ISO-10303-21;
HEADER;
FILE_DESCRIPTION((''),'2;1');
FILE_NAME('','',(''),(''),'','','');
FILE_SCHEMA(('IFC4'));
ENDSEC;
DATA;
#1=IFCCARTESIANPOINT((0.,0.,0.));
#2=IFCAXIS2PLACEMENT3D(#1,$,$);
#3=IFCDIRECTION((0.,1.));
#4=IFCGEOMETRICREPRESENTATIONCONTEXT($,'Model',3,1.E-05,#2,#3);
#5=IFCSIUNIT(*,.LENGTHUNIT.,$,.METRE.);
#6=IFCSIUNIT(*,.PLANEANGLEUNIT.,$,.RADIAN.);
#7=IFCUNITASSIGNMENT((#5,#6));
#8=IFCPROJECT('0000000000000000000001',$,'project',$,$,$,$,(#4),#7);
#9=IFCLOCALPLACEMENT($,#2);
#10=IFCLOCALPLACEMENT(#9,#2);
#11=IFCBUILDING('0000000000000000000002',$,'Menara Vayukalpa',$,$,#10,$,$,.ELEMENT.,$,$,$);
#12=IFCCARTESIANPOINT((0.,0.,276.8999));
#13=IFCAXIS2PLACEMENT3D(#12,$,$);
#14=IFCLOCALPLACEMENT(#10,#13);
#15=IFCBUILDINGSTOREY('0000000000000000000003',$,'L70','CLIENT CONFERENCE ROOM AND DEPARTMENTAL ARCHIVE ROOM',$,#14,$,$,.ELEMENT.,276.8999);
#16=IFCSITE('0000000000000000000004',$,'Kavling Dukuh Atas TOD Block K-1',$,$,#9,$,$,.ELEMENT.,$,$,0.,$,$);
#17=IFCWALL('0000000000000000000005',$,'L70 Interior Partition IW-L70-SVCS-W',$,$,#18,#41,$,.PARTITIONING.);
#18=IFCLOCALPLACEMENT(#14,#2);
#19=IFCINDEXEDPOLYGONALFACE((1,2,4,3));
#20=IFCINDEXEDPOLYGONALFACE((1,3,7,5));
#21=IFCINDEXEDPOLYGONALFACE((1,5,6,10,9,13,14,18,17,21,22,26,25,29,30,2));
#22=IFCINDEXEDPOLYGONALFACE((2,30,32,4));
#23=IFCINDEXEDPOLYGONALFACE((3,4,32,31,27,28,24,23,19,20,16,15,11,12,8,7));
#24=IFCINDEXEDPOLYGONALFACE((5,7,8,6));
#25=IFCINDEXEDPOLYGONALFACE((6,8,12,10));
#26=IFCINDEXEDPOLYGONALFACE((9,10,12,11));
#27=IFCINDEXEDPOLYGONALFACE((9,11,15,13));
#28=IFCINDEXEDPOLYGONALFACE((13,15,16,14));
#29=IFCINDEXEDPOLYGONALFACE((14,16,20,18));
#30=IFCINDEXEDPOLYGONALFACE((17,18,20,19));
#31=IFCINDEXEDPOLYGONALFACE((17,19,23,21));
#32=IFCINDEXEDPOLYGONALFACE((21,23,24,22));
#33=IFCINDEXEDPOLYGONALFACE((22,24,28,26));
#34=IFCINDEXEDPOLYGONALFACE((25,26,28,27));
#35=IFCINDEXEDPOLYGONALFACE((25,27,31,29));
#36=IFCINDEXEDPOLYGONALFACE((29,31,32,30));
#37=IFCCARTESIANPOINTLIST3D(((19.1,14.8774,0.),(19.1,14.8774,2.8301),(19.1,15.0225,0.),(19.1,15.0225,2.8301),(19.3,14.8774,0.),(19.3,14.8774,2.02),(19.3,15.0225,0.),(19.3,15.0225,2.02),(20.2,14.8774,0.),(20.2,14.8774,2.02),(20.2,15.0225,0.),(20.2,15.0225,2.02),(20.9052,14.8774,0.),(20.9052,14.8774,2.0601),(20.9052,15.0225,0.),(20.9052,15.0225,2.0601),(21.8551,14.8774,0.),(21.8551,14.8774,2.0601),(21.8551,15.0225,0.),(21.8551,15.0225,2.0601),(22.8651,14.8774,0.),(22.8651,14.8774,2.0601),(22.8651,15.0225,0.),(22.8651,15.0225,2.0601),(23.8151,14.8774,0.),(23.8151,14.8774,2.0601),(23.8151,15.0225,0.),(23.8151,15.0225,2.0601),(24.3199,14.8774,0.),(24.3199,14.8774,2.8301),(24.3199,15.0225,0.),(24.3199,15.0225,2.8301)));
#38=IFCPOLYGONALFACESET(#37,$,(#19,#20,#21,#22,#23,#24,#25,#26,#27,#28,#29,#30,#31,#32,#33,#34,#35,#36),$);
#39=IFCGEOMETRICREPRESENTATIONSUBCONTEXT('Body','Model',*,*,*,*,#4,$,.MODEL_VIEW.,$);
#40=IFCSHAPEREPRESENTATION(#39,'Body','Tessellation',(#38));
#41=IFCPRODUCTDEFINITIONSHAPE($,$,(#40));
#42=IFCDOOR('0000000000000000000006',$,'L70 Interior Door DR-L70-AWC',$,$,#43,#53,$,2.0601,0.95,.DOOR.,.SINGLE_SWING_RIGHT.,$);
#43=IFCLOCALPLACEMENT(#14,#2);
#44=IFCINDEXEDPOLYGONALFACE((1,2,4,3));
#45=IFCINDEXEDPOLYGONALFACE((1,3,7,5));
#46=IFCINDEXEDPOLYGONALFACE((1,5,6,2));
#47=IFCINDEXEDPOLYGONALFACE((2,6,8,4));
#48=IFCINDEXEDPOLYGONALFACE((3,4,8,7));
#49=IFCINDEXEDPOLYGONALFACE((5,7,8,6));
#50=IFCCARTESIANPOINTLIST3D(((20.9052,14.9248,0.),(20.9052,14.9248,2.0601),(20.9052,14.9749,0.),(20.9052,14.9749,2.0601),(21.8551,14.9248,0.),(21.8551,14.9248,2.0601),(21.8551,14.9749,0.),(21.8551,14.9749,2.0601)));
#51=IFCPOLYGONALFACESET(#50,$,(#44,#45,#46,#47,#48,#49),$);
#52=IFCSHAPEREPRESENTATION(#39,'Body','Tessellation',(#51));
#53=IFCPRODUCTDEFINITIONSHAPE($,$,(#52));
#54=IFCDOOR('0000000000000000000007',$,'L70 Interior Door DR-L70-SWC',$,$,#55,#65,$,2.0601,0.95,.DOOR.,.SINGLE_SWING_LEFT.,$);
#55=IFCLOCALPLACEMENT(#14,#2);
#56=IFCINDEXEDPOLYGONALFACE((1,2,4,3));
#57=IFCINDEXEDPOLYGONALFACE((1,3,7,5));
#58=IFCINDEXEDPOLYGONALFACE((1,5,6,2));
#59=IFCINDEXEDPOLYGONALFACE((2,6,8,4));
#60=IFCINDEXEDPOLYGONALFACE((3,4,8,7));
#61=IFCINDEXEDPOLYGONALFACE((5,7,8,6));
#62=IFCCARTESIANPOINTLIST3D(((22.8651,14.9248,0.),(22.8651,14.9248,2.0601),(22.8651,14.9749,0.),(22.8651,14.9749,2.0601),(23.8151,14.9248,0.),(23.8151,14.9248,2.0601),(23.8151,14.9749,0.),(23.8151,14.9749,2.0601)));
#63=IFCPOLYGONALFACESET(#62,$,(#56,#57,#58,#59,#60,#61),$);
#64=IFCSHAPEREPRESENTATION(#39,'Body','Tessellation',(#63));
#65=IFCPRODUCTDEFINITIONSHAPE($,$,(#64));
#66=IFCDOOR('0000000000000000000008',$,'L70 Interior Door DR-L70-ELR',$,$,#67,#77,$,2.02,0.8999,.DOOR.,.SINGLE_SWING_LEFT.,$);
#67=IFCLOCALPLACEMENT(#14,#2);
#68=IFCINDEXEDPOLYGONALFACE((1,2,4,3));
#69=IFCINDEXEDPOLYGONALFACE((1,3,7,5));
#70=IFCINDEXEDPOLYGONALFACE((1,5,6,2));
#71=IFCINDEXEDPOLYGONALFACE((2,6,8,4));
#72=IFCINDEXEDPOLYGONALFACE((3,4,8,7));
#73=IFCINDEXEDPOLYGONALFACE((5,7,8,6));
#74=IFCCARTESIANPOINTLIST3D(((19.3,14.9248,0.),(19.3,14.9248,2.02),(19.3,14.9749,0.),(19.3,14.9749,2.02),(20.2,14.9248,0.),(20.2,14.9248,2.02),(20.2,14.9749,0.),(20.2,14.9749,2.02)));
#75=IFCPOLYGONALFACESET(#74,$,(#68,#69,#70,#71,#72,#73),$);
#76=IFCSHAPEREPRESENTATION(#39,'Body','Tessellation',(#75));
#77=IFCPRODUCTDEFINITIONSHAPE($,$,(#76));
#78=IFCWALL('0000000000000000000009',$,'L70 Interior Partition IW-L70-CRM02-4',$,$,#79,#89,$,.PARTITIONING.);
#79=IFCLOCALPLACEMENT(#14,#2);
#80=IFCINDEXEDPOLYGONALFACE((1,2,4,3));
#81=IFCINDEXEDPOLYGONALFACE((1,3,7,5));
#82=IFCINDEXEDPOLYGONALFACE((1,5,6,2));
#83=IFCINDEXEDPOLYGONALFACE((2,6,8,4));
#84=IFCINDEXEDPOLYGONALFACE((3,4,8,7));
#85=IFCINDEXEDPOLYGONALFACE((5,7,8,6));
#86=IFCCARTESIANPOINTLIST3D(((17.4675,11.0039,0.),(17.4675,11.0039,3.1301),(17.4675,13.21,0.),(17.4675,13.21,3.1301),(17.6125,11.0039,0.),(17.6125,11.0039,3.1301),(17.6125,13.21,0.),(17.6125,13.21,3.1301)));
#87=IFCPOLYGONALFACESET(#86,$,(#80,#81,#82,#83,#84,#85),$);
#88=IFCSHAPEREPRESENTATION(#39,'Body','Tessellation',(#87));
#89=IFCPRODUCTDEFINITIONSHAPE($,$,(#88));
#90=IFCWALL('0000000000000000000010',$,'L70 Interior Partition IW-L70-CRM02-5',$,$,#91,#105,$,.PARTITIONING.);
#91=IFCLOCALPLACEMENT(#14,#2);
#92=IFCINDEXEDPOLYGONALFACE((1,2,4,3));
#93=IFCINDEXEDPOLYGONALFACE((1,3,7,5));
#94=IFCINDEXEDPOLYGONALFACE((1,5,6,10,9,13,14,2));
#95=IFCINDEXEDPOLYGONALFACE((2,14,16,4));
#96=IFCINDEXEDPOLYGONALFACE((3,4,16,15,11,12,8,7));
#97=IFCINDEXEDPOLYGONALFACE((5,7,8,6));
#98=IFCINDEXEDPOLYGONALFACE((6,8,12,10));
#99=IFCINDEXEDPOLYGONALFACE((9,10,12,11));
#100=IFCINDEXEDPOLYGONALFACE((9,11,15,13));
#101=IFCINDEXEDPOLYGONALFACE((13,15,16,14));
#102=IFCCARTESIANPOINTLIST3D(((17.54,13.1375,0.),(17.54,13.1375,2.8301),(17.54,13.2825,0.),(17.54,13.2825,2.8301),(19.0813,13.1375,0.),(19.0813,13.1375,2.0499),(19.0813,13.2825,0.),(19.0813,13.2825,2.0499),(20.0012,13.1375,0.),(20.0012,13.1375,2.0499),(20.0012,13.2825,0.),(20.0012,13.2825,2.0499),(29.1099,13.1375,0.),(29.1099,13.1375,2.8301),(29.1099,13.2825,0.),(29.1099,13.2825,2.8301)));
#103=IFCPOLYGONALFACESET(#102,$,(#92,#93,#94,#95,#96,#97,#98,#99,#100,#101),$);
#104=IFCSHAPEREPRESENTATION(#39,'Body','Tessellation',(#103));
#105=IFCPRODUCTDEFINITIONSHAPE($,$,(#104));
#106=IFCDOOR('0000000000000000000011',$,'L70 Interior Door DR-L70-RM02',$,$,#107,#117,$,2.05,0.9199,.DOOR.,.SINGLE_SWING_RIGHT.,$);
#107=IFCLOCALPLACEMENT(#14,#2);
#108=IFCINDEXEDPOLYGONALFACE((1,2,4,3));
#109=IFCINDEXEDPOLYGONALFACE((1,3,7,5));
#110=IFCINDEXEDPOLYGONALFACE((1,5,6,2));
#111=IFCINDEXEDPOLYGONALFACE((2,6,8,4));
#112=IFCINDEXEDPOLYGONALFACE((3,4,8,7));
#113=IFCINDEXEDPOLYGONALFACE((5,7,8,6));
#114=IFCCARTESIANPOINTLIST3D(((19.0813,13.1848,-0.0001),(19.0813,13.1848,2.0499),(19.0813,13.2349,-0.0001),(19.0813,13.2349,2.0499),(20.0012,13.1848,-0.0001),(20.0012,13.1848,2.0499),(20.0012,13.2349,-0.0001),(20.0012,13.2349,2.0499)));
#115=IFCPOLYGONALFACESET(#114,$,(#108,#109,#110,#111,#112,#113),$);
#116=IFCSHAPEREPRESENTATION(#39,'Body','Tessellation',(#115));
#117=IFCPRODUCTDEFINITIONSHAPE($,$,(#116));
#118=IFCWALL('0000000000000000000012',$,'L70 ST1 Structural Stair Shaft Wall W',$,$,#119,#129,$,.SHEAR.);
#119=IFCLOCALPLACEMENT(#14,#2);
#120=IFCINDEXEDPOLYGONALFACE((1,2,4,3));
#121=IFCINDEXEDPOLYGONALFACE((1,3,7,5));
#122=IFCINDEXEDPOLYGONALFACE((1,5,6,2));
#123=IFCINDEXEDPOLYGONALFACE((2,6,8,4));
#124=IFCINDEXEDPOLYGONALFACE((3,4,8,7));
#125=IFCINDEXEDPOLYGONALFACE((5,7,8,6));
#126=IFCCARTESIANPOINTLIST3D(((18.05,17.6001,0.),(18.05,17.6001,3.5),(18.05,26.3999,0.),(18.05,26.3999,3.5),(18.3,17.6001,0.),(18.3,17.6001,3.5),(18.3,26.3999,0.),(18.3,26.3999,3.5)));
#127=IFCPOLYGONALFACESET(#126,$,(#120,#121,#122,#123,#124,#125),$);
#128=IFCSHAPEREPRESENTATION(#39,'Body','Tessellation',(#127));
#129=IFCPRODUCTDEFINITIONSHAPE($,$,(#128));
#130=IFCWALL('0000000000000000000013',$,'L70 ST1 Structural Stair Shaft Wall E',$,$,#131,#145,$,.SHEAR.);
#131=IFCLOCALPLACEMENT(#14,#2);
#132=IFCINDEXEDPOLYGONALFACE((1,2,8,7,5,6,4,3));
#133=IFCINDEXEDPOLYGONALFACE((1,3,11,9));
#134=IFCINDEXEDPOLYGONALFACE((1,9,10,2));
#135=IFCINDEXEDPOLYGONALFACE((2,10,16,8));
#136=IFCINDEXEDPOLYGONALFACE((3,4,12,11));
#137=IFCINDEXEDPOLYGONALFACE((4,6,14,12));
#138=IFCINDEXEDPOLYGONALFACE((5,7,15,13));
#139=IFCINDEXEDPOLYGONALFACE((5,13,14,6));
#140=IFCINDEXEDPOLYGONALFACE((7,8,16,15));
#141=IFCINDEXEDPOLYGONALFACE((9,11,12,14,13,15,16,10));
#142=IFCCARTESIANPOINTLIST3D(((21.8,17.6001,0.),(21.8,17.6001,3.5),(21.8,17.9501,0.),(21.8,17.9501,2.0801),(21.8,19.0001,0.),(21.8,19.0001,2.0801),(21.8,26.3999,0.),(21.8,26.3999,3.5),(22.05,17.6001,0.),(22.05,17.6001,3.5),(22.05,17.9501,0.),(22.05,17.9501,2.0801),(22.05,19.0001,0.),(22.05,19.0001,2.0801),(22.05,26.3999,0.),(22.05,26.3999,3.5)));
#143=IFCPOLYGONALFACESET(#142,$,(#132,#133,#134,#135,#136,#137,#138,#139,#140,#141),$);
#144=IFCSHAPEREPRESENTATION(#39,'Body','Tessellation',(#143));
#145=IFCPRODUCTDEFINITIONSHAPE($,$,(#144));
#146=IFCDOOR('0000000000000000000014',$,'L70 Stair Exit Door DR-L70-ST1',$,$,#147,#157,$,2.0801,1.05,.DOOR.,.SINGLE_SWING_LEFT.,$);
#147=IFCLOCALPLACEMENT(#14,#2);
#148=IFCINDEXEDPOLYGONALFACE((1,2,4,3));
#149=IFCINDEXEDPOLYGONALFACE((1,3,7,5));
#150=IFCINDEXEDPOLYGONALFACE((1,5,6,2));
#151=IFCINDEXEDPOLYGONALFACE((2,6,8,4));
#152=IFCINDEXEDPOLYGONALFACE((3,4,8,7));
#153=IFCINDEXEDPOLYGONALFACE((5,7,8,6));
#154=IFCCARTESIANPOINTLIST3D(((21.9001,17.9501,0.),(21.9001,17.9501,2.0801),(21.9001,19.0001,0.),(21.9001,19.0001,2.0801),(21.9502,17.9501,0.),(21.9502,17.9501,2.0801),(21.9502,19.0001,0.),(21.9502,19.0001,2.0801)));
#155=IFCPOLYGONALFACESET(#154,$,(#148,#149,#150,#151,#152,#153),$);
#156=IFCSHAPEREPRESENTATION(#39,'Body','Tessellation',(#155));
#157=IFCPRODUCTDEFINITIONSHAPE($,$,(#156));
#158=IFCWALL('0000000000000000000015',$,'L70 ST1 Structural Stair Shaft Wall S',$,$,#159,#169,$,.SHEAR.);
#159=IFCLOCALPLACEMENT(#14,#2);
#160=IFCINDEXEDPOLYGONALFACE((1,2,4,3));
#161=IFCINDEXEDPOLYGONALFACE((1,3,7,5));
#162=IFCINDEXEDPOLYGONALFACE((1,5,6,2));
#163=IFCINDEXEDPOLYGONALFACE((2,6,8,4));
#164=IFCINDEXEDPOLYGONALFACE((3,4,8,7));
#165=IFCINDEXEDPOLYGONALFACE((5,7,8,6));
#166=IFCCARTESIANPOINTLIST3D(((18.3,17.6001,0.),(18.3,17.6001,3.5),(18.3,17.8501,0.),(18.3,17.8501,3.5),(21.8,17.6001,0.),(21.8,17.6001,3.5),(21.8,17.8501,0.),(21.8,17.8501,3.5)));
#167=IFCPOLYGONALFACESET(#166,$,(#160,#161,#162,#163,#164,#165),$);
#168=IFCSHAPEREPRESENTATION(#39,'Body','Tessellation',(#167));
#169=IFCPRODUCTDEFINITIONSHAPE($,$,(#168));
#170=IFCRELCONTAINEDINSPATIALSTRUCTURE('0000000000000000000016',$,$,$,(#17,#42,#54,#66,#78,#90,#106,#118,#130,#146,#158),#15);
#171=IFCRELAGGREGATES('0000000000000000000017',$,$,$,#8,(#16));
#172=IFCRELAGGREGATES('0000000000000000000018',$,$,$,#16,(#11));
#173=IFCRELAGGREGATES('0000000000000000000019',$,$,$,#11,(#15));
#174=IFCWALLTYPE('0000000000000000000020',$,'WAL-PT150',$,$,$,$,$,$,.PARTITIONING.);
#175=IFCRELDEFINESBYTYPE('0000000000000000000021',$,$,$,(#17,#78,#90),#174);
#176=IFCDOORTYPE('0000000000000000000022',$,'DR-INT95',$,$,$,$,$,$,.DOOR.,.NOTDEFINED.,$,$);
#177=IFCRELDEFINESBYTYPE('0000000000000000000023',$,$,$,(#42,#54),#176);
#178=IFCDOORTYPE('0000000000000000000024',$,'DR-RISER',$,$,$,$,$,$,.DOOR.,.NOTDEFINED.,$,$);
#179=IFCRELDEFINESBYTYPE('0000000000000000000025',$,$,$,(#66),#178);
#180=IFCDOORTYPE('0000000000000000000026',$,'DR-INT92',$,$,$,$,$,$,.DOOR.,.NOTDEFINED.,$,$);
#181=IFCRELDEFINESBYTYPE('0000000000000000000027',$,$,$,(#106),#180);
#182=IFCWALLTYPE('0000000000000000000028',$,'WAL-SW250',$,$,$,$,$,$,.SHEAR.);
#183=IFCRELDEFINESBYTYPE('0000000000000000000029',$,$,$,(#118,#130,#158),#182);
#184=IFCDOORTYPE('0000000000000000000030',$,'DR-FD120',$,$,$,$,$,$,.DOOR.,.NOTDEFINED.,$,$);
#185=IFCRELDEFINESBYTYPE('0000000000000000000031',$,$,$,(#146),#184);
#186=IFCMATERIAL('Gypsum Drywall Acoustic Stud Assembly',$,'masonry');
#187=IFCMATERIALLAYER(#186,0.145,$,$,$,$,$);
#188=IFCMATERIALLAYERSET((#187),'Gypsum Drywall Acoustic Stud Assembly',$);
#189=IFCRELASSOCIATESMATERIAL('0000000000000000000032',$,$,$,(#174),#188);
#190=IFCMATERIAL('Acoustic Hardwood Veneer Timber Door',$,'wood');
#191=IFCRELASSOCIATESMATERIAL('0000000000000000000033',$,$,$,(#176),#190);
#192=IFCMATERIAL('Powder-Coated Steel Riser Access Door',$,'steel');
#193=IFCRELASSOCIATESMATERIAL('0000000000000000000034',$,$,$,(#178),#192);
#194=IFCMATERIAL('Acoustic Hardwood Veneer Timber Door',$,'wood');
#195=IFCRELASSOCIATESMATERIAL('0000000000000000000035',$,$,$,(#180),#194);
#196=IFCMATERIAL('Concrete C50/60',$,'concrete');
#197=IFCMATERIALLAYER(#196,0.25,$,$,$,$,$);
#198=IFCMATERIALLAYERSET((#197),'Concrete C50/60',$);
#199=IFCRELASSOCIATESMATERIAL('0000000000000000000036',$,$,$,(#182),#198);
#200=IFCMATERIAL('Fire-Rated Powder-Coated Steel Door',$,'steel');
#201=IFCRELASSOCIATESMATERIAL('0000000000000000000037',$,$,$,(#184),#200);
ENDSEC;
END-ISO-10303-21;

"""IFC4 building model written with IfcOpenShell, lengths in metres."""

from ifc_helpers import new_model, si_unit, direction, frame, frame_2d, origin, place, context, subcontext, project, spatial, rectangle, extrude, material, layer, layer_set, type_object, element, fill, save


model = new_model("IFC4")

# Units and contexts
model_context = context("Model", 3, precision=1e-05, world=origin(), true_north=direction((0.0, 1.0)))
body_context = subcontext(model_context, "Body", "Model", "MODEL_VIEW")
ifc_project = project(units=[si_unit("LENGTHUNIT", "METRE"), si_unit("PLANEANGLEUNIT", "RADIAN")], contexts=[model_context])

# Site, building, storey
site_placement = place(None, origin())
site = spatial("IfcSite", under=ifc_project, at=site_placement, Name="Kavling Dukuh Atas TOD Block K-1", CompositionType="ELEMENT", RefElevation=0.0)
building_placement = place(site_placement, origin())
building = spatial("IfcBuilding", under=site, at=building_placement, Name="Menara Vayukalpa", CompositionType="ELEMENT")
storey_placement = place(building_placement, frame((0.0, 0.0, 276.8999)))
storey = spatial("IfcBuildingStorey", under=building, at=storey_placement, Name="L70", Description="CLIENT CONFERENCE ROOM AND DEPARTMENTAL ARCHIVE ROOM", CompositionType="ELEMENT", Elevation=276.8999)

# Wall, openings, doors
ifc_material_1 = material(Name="Gypsum Drywall Acoustic Stud Assembly", Category="masonry")
ifc_layer_1 = layer(ifc_material_1, 0.145)
ifc_layer_set_1 = layer_set([ifc_layer_1], Name="Gypsum Drywall Acoustic Stud Assembly")
wall_type_1 = type_object("IfcWallType", Name="WAL-PT150", PredefinedType="PARTITIONING", material=ifc_layer_set_1)
wall_1_placement = place(storey_placement, frame((19.1001, 14.95, 0.0), z_axis=(0.0, 0.0, 1.0), x_axis=(1.0, 0.0, 0.0)))
wall_1 = element("IfcWall", 1, at=wall_1_placement, inside=storey, type_object=wall_type_1, Name="L70 Interior Partition IW-L70-SVCS-W", PredefinedType="PARTITIONING", context=body_context, shape_type="SweptSolid", body=[
    extrude(rectangle(XDim=5.22, YDim=0.145, at=frame_2d((2.6099, 0.0))), origin(), (0.0, 0.0, 1.0), 2.8301),
])
opening_1_placement = place(wall_1_placement, frame((0.2, 0.0, 0.0)))
opening_1 = element("IfcOpeningElement", 2, at=opening_1_placement, cuts=wall_1, PredefinedType="OPENING", context=body_context, shape_type="SweptSolid", body=[
    extrude(rectangle(XDim=0.8999, YDim=2.02, at=frame_2d((0.45, 1.01))), frame((0.0, 0.0825, 0.0), z_axis=(0.0, -1.0, 0.0), x_axis=(1.0, 0.0, 0.0)), (0.0, 0.0, 1.0), 0.165),
])
opening_2_placement = place(wall_1_placement, frame((1.8049, 0.0, 0.0)))
opening_2 = element("IfcOpeningElement", 3, at=opening_2_placement, cuts=wall_1, PredefinedType="OPENING", context=body_context, shape_type="SweptSolid", body=[
    extrude(rectangle(XDim=0.95, YDim=2.0601, at=frame_2d((0.4751, 1.03))), frame((0.0, 0.0825, 0.0), z_axis=(0.0, -1.0, 0.0), x_axis=(1.0, 0.0, 0.0)), (0.0, 0.0, 1.0), 0.165),
])
opening_3_placement = place(wall_1_placement, frame((3.7649, 0.0, 0.0)))
opening_3 = element("IfcOpeningElement", 4, at=opening_3_placement, cuts=wall_1, PredefinedType="OPENING", context=body_context, shape_type="SweptSolid", body=[
    extrude(rectangle(XDim=0.95, YDim=2.0601, at=frame_2d((0.4751, 1.03))), frame((0.0, 0.0825, 0.0), z_axis=(0.0, -1.0, 0.0), x_axis=(1.0, 0.0, 0.0)), (0.0, 0.0, 1.0), 0.165),
])
ifc_material_2 = material(Name="Acoustic Hardwood Veneer Timber Door", Category="wood")
door_type_1 = type_object("IfcDoorType", Name="DR-INT95", OperationType="NOTDEFINED", PredefinedType="DOOR", material=ifc_material_2)
door_1_placement = place(opening_2_placement, origin())
door_1 = element("IfcDoor", 5, at=door_1_placement, inside=storey, type_object=door_type_1, Name="L70 Interior Door DR-L70-AWC", OperationType="SINGLE_SWING_RIGHT", OverallHeight=2.0601, OverallWidth=0.95, PredefinedType="DOOR", context=body_context, shape_type="SweptSolid", body=[
    extrude(rectangle(XDim=0.95, YDim=2.0601, at=frame_2d((0.4751, 1.03))), frame((0.0, 0.0249, 0.0), z_axis=(0.0, -1.0, 0.0), x_axis=(1.0, 0.0, 0.0)), (0.0, 0.0, 1.0), 0.05),
])
fill(opening_2, door_1)
door_2_placement = place(opening_3_placement, origin())
door_2 = element("IfcDoor", 6, at=door_2_placement, inside=storey, type_object=door_type_1, Name="L70 Interior Door DR-L70-SWC", OperationType="SINGLE_SWING_LEFT", OverallHeight=2.0601, OverallWidth=0.95, PredefinedType="DOOR", context=body_context, shape_type="SweptSolid", body=[
    extrude(rectangle(XDim=0.95, YDim=2.0601, at=frame_2d((0.4751, 1.03))), frame((0.0, 0.0249, 0.0), z_axis=(0.0, -1.0, 0.0), x_axis=(1.0, 0.0, 0.0)), (0.0, 0.0, 1.0), 0.05),
])
fill(opening_3, door_2)
ifc_material_3 = material(Name="Powder-Coated Steel Riser Access Door", Category="steel")
door_type_2 = type_object("IfcDoorType", Name="DR-RISER", OperationType="NOTDEFINED", PredefinedType="DOOR", material=ifc_material_3)
door_3_placement = place(opening_1_placement, origin())
door_3 = element("IfcDoor", 7, at=door_3_placement, inside=storey, type_object=door_type_2, Name="L70 Interior Door DR-L70-ELR", OperationType="SINGLE_SWING_LEFT", OverallHeight=2.02, OverallWidth=0.8999, PredefinedType="DOOR", context=body_context, shape_type="SweptSolid", body=[
    extrude(rectangle(XDim=0.8999, YDim=2.02, at=frame_2d((0.45, 1.01))), frame((0.0, 0.0249, 0.0), z_axis=(0.0, -1.0, 0.0), x_axis=(1.0, 0.0, 0.0)), (0.0, 0.0, 1.0), 0.05),
])
fill(opening_1, door_3)

# Wall
wall_2_placement = place(storey_placement, frame((17.54, 11.0039, 0.0), z_axis=(0.0, 0.0, 1.0), x_axis=(0.0, 1.0, 0.0)))
element("IfcWall", 8, at=wall_2_placement, inside=storey, type_object=wall_type_1, Name="L70 Interior Partition IW-L70-CRM02-4", PredefinedType="PARTITIONING", context=body_context, shape_type="SweptSolid", body=[
    extrude(rectangle(XDim=2.2061, YDim=0.145, at=frame_2d((1.103, 0.0))), origin(), (0.0, 0.0, 1.0), 3.1301),
])

# Wall, opening, door
wall_3_placement = place(storey_placement, frame((17.54, 13.21, 0.0), z_axis=(0.0, 0.0, 1.0), x_axis=(1.0, 0.0, 0.0)))
wall_3 = element("IfcWall", 9, at=wall_3_placement, inside=storey, type_object=wall_type_1, Name="L70 Interior Partition IW-L70-CRM02-5", PredefinedType="PARTITIONING", context=body_context, shape_type="SweptSolid", body=[
    extrude(rectangle(XDim=11.5698, YDim=0.145, at=frame_2d((5.7849, 0.0))), origin(), (0.0, 0.0, 1.0), 2.8301),
])
opening_4_placement = place(wall_3_placement, frame((1.5413, 0.0, 0.0)))
opening_4 = element("IfcOpeningElement", 10, at=opening_4_placement, cuts=wall_3, PredefinedType="OPENING", context=body_context, shape_type="SweptSolid", body=[
    extrude(rectangle(XDim=0.9199, YDim=2.05, at=frame_2d((0.46, 1.0249))), frame((0.0, 0.0825, 0.0), z_axis=(0.0, -1.0, 0.0), x_axis=(1.0, 0.0, 0.0)), (0.0, 0.0, 1.0), 0.165),
])
ifc_material_4 = material(Name="Acoustic Hardwood Veneer Timber Door", Category="wood")
door_type_3 = type_object("IfcDoorType", Name="DR-INT92", OperationType="NOTDEFINED", PredefinedType="DOOR", material=ifc_material_4)
door_4_placement = place(opening_4_placement, origin())
door_4 = element("IfcDoor", 11, at=door_4_placement, inside=storey, type_object=door_type_3, Name="L70 Interior Door DR-L70-RM02", OperationType="SINGLE_SWING_RIGHT", OverallHeight=2.05, OverallWidth=0.9199, PredefinedType="DOOR", context=body_context, shape_type="SweptSolid", body=[
    extrude(rectangle(XDim=0.9199, YDim=2.05, at=frame_2d((0.46, 1.0249))), frame((0.0, 0.0249, 0.0), z_axis=(0.0, -1.0, 0.0), x_axis=(1.0, 0.0, 0.0)), (0.0, 0.0, 1.0), 0.05),
])
fill(opening_4, door_4)

# Wall
ifc_material_5 = material(Name="Concrete C50/60", Category="concrete")
ifc_layer_2 = layer(ifc_material_5, 0.25)
ifc_layer_set_2 = layer_set([ifc_layer_2], Name="Concrete C50/60")
wall_type_2 = type_object("IfcWallType", Name="WAL-SW250", PredefinedType="SHEAR", material=ifc_layer_set_2)
wall_4_placement = place(storey_placement, frame((18.175, 17.6001, 0.0), z_axis=(0.0, 0.0, 1.0), x_axis=(0.0, 1.0, 0.0)))
element("IfcWall", 12, at=wall_4_placement, inside=storey, type_object=wall_type_2, Name="L70 ST1 Structural Stair Shaft Wall W", PredefinedType="SHEAR", context=body_context, shape_type="SweptSolid", body=[
    extrude(rectangle(XDim=8.7998, YDim=0.25, at=frame_2d((4.3999, 0.0))), origin(), (0.0, 0.0, 1.0), 3.5),
])

# Wall, opening, door
wall_5_placement = place(storey_placement, frame((21.925, 17.6001, 0.0), z_axis=(0.0, 0.0, 1.0), x_axis=(0.0, 1.0, 0.0)))
wall_5 = element("IfcWall", 13, at=wall_5_placement, inside=storey, type_object=wall_type_2, Name="L70 ST1 Structural Stair Shaft Wall E", PredefinedType="SHEAR", context=body_context, shape_type="SweptSolid", body=[
    extrude(rectangle(XDim=8.7998, YDim=0.25, at=frame_2d((4.3999, 0.0))), origin(), (0.0, 0.0, 1.0), 3.5),
])
opening_5_placement = place(wall_5_placement, frame((0.3501, 0.0, 0.0)))
opening_5 = element("IfcOpeningElement", 14, at=opening_5_placement, cuts=wall_5, PredefinedType="OPENING", context=body_context, shape_type="SweptSolid", body=[
    extrude(rectangle(XDim=1.05, YDim=2.0801, at=frame_2d((0.5249, 1.04))), frame((0.0, 0.135, 0.0), z_axis=(0.0, -1.0, 0.0), x_axis=(1.0, 0.0, 0.0)), (0.0, 0.0, 1.0), 0.27),
])
ifc_material_6 = material(Name="Fire-Rated Powder-Coated Steel Door", Category="steel")
door_type_4 = type_object("IfcDoorType", Name="DR-FD120", OperationType="NOTDEFINED", PredefinedType="DOOR", material=ifc_material_6)
door_5_placement = place(opening_5_placement, origin())
door_5 = element("IfcDoor", 15, at=door_5_placement, inside=storey, type_object=door_type_4, Name="L70 Stair Exit Door DR-L70-ST1", OperationType="SINGLE_SWING_LEFT", OverallHeight=2.0801, OverallWidth=1.05, PredefinedType="DOOR", context=body_context, shape_type="SweptSolid", body=[
    extrude(rectangle(XDim=1.05, YDim=2.0801, at=frame_2d((0.5249, 1.04))), frame((0.0, 0.0249, 0.0), z_axis=(0.0, -1.0, 0.0), x_axis=(1.0, 0.0, 0.0)), (0.0, 0.0, 1.0), 0.05),
])
fill(opening_5, door_5)

# Wall
wall_6_placement = place(storey_placement, frame((18.3, 17.7251, 0.0), z_axis=(0.0, 0.0, 1.0), x_axis=(1.0, 0.0, 0.0)))
element("IfcWall", 16, at=wall_6_placement, inside=storey, type_object=wall_type_2, Name="L70 ST1 Structural Stair Shaft Wall S", PredefinedType="SHEAR", context=body_context, shape_type="SweptSolid", body=[
    extrude(rectangle(XDim=3.5, YDim=0.25, at=frame_2d((1.75, 0.0))), origin(), (0.0, 0.0, 1.0), 3.5),
])

save(model, "model.ifc")
